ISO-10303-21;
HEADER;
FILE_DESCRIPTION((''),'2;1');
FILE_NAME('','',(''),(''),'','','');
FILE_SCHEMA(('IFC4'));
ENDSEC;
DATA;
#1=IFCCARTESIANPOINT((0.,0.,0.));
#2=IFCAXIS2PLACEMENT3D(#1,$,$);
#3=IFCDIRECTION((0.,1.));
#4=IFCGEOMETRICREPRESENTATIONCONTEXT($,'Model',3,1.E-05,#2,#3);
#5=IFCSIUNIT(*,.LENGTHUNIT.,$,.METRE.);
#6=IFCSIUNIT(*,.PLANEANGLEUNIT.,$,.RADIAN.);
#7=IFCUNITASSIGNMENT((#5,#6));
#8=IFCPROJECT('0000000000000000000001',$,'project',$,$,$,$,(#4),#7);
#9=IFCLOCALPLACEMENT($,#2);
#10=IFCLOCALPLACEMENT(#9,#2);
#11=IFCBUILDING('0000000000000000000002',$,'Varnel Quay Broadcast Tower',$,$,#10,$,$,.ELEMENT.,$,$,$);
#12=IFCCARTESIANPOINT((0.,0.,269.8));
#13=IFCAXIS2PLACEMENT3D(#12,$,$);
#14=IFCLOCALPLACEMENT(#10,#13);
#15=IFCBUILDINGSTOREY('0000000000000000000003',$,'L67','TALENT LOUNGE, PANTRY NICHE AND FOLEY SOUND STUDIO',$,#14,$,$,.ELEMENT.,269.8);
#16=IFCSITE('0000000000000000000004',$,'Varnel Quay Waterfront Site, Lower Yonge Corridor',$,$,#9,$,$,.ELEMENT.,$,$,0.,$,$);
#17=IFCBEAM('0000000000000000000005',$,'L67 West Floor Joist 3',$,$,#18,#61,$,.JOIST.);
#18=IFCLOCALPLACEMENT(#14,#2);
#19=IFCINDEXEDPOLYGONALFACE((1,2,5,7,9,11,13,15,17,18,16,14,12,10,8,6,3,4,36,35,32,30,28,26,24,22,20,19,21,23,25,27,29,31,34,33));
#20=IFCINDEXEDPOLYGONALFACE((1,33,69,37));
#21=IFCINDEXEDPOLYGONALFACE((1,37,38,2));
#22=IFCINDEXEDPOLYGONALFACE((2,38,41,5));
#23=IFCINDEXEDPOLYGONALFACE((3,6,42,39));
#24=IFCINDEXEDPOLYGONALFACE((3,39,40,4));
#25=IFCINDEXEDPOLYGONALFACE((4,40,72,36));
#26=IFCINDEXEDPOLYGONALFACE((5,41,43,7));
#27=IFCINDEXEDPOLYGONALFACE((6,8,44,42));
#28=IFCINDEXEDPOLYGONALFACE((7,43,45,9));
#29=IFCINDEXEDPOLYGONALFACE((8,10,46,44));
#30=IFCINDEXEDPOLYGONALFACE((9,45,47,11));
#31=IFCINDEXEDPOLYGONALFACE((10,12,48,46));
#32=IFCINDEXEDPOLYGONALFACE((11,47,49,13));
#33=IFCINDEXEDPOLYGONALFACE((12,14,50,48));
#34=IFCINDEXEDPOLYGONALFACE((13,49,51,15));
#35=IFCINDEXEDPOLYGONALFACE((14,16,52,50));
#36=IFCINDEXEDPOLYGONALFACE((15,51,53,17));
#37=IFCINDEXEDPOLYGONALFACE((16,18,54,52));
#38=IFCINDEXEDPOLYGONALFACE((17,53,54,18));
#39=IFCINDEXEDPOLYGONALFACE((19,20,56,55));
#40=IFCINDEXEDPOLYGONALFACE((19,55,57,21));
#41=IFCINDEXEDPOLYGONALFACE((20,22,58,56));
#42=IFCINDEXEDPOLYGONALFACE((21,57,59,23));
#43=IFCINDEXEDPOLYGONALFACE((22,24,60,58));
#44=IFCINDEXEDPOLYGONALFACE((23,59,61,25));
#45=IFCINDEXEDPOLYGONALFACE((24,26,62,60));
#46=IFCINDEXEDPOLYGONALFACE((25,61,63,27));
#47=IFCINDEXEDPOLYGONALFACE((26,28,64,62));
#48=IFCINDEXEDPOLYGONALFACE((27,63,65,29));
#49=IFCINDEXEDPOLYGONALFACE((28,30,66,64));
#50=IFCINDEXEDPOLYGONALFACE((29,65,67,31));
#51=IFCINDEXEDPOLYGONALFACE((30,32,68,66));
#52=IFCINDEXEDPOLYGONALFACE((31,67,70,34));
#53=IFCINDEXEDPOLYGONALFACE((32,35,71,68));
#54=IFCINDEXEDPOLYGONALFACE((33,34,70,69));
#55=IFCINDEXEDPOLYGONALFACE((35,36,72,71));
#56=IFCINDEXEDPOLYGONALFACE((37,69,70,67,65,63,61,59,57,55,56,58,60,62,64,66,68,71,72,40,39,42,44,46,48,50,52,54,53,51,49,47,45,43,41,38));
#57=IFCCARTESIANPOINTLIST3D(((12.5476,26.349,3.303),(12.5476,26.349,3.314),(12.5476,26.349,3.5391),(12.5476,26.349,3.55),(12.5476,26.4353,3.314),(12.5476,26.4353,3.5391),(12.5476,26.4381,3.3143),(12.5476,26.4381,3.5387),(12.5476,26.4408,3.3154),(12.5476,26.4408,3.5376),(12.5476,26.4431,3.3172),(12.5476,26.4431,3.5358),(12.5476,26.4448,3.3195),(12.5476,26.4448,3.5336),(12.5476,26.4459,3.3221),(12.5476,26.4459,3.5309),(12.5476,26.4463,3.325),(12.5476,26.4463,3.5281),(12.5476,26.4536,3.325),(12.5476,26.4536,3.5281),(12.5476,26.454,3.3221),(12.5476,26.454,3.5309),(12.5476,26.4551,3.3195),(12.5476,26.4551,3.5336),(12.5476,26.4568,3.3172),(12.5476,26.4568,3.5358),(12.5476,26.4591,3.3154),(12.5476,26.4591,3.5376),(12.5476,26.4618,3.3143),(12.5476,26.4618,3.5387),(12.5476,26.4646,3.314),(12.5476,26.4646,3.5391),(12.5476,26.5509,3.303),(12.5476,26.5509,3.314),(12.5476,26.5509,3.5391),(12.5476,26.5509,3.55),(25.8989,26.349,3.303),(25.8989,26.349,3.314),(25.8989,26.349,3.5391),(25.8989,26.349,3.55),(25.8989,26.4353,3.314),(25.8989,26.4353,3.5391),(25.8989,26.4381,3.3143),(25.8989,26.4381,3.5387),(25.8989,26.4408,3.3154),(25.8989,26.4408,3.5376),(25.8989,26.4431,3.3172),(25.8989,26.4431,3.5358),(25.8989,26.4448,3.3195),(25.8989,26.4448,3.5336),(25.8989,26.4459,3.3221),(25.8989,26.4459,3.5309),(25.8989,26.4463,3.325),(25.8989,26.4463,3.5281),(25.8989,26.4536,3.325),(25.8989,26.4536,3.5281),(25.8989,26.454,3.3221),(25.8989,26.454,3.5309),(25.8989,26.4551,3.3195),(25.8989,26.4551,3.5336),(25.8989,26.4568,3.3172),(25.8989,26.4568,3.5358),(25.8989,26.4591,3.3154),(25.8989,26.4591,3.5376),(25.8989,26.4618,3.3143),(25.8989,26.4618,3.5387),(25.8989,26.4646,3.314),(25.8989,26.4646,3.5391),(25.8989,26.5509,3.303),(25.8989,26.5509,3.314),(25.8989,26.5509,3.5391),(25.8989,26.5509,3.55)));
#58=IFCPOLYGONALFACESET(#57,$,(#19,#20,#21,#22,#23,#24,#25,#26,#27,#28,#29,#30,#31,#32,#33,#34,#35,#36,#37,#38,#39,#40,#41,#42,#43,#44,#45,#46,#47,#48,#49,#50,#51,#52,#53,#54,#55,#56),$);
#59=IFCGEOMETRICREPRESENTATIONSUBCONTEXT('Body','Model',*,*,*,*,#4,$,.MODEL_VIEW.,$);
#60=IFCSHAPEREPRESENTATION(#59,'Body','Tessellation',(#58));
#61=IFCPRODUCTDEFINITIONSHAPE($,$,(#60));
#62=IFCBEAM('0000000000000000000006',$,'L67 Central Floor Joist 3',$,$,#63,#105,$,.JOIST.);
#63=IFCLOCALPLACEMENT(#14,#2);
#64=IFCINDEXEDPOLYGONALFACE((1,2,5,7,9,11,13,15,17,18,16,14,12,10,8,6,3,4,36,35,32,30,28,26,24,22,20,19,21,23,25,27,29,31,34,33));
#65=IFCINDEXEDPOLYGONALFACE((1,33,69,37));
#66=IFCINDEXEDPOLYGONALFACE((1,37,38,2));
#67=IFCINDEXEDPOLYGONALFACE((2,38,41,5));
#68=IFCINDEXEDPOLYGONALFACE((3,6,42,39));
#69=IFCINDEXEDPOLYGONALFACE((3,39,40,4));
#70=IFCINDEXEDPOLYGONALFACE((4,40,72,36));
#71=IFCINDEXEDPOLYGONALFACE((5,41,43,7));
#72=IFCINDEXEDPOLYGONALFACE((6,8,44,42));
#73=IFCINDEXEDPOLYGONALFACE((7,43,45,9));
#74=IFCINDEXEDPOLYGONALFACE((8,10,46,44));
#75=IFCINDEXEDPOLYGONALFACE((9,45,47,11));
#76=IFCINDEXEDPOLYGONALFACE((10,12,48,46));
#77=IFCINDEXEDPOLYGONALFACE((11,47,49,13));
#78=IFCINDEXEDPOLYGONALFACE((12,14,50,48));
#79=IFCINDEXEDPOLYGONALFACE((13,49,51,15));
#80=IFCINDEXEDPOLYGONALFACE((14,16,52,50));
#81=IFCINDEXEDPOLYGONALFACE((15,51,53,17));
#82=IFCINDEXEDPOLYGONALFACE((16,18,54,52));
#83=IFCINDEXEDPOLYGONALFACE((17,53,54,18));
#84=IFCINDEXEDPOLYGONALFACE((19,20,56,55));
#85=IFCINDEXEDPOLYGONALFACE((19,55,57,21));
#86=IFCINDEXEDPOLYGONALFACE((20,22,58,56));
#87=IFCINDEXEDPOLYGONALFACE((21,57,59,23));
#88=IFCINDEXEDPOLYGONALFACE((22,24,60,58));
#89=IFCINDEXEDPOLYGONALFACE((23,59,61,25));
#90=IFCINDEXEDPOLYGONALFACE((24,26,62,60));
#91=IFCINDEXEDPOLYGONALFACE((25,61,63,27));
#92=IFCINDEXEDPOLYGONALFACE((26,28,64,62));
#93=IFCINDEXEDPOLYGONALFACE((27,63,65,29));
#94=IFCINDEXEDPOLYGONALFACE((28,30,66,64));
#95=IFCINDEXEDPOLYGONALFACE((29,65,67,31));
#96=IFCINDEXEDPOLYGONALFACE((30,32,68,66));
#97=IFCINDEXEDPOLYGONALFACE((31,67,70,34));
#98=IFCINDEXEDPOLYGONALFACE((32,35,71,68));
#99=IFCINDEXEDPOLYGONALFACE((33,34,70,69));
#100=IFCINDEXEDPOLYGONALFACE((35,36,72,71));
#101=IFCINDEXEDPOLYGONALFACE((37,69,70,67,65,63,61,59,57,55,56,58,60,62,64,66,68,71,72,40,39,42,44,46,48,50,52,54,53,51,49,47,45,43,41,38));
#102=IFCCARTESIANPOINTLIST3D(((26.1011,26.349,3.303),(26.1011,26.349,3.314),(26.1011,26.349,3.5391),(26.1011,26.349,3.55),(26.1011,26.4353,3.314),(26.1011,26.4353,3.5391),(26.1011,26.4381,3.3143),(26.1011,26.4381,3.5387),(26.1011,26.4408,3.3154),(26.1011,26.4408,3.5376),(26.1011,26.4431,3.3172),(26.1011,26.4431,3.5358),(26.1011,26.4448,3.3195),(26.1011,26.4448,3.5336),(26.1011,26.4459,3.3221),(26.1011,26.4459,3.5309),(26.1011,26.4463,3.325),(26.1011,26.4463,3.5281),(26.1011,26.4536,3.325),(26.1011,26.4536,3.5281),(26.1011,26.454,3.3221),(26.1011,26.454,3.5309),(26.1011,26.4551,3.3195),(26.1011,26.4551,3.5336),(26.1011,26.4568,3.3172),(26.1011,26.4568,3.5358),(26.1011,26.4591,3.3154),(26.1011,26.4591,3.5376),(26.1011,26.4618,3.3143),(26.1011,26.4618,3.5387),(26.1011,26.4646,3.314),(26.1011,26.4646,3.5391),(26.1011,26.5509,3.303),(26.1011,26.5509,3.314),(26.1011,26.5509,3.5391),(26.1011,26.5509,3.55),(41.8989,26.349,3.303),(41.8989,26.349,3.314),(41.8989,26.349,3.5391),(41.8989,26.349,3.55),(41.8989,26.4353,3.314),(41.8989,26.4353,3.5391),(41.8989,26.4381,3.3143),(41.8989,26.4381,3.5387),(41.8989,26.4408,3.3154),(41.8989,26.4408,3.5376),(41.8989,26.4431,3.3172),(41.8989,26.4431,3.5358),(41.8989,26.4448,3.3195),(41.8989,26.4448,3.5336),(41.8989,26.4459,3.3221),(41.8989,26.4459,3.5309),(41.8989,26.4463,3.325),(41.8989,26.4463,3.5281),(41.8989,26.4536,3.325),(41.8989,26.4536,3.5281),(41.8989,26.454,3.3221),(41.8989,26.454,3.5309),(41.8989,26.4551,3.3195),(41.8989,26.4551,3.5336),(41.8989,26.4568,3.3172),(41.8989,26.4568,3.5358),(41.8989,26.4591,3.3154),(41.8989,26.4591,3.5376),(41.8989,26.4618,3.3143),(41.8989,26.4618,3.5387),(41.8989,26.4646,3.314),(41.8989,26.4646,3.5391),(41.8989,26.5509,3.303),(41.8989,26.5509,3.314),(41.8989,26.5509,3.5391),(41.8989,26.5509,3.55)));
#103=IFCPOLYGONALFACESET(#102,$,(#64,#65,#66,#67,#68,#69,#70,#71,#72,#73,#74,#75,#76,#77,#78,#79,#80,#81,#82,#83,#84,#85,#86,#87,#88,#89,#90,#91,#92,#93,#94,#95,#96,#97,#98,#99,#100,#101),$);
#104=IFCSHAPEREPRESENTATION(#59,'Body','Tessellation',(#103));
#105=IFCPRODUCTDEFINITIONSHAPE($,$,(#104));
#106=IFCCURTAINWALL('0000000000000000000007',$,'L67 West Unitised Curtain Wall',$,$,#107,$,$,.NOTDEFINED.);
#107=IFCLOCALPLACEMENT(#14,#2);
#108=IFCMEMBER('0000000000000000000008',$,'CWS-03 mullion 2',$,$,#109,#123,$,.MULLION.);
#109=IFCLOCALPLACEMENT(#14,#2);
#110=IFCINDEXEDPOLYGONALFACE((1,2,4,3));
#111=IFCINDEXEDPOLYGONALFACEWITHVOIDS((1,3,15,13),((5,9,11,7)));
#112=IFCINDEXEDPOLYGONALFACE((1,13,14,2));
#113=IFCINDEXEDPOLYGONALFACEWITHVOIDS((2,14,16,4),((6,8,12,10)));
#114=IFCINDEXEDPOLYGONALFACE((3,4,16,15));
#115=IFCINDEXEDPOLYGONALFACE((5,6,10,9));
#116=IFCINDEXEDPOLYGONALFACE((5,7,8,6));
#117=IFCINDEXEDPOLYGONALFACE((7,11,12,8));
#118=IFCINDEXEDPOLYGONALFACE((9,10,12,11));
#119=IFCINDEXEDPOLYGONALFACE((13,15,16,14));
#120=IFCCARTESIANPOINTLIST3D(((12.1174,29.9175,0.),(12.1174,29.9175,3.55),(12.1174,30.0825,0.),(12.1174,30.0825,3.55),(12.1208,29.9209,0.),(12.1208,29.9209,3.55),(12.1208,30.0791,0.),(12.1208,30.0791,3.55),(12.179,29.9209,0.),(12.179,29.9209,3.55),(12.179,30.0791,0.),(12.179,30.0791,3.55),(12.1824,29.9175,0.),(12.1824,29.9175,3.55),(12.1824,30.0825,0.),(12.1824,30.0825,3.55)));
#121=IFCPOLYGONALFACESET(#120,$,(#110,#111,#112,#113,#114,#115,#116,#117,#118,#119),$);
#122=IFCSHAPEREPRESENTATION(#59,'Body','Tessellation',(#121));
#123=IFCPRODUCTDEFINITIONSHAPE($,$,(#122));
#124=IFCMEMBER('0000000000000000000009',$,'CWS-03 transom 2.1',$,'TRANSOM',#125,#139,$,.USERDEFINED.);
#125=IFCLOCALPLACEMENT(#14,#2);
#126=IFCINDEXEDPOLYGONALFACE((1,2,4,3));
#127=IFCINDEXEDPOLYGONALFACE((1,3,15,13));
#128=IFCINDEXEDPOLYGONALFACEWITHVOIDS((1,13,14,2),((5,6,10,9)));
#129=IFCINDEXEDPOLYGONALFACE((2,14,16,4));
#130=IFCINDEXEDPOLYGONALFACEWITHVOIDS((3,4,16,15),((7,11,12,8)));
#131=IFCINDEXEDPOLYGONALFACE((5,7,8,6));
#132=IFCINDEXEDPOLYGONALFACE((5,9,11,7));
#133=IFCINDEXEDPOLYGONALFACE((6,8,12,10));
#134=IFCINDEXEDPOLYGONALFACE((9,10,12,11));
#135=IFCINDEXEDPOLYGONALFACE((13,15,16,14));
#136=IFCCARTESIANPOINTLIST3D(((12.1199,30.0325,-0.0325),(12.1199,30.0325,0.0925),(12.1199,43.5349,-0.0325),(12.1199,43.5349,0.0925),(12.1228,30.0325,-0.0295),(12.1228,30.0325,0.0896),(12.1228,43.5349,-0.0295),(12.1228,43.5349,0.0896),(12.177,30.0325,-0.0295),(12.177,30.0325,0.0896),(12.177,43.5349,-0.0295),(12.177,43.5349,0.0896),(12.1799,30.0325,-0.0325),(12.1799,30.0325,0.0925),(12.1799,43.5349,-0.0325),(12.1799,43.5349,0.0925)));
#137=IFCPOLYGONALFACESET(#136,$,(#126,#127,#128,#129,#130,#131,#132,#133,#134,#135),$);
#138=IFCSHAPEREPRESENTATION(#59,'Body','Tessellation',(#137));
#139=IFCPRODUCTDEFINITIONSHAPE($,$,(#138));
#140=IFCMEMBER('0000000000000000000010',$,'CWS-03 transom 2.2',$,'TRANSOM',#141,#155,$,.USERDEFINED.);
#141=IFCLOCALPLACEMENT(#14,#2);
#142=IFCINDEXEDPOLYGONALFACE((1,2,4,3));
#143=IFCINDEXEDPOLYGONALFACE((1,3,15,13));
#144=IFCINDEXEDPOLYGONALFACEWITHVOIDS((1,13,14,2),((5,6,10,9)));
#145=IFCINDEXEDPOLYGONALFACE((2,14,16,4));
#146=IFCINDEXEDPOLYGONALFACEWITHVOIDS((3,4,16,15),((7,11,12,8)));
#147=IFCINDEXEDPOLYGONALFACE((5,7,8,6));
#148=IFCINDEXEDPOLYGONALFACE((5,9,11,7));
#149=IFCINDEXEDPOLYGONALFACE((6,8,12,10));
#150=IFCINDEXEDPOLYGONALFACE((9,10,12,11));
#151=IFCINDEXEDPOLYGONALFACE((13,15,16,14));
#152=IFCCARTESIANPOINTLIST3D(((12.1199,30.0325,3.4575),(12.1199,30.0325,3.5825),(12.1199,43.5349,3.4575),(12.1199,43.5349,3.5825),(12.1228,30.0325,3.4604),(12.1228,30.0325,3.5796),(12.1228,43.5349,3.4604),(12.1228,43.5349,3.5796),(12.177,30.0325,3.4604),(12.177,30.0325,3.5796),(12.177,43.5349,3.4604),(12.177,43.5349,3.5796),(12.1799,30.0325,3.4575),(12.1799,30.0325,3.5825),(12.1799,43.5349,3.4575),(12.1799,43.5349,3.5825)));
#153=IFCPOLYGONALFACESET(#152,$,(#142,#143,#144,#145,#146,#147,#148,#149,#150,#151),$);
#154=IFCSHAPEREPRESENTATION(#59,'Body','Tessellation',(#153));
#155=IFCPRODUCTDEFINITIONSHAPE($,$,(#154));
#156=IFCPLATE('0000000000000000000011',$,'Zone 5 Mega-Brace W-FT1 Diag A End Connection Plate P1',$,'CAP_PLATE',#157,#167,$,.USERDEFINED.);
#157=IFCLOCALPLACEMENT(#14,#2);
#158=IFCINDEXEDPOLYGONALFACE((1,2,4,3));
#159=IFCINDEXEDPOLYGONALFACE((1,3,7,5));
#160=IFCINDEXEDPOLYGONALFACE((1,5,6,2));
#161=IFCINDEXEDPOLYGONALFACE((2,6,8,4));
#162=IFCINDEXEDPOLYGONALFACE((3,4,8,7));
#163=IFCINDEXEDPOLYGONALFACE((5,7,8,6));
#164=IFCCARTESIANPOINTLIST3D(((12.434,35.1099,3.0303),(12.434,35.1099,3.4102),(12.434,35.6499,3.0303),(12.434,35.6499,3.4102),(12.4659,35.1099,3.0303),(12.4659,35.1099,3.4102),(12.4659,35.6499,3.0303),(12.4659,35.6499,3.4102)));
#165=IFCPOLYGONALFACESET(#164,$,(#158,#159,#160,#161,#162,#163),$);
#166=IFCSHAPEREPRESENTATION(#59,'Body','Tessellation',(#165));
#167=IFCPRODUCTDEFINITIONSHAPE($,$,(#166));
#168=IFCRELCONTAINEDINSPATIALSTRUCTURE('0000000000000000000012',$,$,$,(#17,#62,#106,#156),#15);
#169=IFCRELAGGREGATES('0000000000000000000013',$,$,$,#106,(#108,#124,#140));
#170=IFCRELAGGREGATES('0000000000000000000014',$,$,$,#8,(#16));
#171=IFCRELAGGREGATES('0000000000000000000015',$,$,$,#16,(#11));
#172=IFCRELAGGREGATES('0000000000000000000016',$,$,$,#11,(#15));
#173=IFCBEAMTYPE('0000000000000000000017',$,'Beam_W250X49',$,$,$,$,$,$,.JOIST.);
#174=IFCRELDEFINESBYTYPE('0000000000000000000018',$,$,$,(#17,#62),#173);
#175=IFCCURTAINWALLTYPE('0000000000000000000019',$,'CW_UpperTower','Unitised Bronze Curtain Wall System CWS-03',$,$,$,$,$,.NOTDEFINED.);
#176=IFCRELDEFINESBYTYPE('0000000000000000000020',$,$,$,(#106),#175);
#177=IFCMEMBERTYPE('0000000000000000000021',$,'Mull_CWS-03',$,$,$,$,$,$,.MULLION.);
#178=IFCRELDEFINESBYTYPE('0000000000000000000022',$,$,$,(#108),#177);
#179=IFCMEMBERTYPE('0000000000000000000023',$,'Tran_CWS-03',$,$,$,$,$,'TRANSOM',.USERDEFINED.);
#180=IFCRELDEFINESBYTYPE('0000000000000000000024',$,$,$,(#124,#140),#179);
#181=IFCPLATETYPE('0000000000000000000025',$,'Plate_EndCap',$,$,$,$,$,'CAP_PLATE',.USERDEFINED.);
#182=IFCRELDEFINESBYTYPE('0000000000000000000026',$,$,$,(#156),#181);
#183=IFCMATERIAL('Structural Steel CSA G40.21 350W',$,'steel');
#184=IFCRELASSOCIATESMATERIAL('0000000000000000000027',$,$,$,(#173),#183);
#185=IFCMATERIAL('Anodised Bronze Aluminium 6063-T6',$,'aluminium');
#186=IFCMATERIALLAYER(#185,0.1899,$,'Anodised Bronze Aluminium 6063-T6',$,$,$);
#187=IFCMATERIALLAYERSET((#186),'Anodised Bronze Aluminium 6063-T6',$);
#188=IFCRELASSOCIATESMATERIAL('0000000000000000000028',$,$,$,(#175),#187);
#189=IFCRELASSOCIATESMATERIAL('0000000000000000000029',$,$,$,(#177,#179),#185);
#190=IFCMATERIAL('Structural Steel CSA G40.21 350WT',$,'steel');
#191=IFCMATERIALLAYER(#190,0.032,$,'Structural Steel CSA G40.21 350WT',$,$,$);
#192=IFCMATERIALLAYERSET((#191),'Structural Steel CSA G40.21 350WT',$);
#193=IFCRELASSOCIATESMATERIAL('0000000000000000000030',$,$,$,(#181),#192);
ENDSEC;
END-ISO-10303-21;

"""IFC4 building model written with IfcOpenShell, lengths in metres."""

from ifc_helpers import new_model, si_unit, direction, frame, origin, origin_2d, place, context, subcontext, project, spatial, rectangle, hollow_rectangle, i_section, extrude, source, transform, mapped, material, layer, layer_set, material_profile, profile_set, type_object, type_shapes, element, aggregate, save


model = new_model("IFC4")

# Units and contexts
model_context = context("Model", 3, precision=1e-05, world=origin(), true_north=direction((0.0, 1.0)))
body_context = subcontext(model_context, "Body", "Model", "MODEL_VIEW")
ifc_project = project(units=[si_unit("LENGTHUNIT", "METRE"), si_unit("PLANEANGLEUNIT", "RADIAN")], contexts=[model_context])

# Site, building, storey
site_placement = place(None, origin())
site = spatial("IfcSite", under=ifc_project, at=site_placement, Name="Varnel Quay Waterfront Site, Lower Yonge Corridor", CompositionType="ELEMENT", RefElevation=0.0)
building_placement = place(site_placement, origin())
building = spatial("IfcBuilding", under=site, at=building_placement, Name="Varnel Quay Broadcast Tower", CompositionType="ELEMENT")
storey_placement = place(building_placement, frame((0.0, 0.0, 269.8)))
storey = spatial("IfcBuildingStorey", under=building, at=storey_placement, Name="L67", Description="TALENT LOUNGE, PANTRY NICHE AND FOLEY SOUND STUDIO", CompositionType="ELEMENT", Elevation=269.8)

# Shared definitions
ifc_material_1 = material(Name="Structural Steel CSA G40.21 350WT", Category="steel")
ifc_material_2 = material(Name="Structural Steel CSA G40.21 350W", Category="steel")

# Beams
ifc_material_profile_1 = material_profile(ifc_material_2, i_section(OverallWidth=0.2019, OverallDepth=0.2471, WebThickness=0.0073, FlangeThickness=0.011, FilletRadius=0.011, at=origin_2d()), Name="W250X49")
ifc_profile_set_1 = profile_set([ifc_material_profile_1], Name="Structural Steel CSA G40.21 350W")
beam_type_1 = type_object("IfcBeamType", Name="Beam_W250X49", PredefinedType="JOIST", material=ifc_profile_set_1)
shared_shape_1 = source(origin(), body_context, "Body", "SweptSolid", [
    extrude(i_section(OverallWidth=0.2019, OverallDepth=0.2471, WebThickness=0.0073, FlangeThickness=0.011, FilletRadius=0.011, at=origin_2d()), origin(), (0.0, 0.0, 1.0), 13.3513),
])
beam_1_placement = place(storey_placement, frame((12.5476, 26.45, 3.4265), z_axis=(1.0, 0.0, 0.0), x_axis=(0.0, 1.0, 0.0)))
element("IfcBeam", 1, at=beam_1_placement, inside=storey, type_object=beam_type_1, Name="L67 West Floor Joist 3", PredefinedType="JOIST", context=body_context, shape_type="MappedRepresentation", body=[
    mapped(shared_shape_1, transform((0.0, 0.0, 0.0), x_axis=(1.0, 0.0, 0.0), y_axis=(0.0, 1.0, 0.0), z_axis=(0.0, 0.0, 1.0), scale=1.0)),
])
shared_shape_2 = source(origin(), body_context, "Body", "SweptSolid", [
    extrude(i_section(OverallWidth=0.2019, OverallDepth=0.2471, WebThickness=0.0073, FlangeThickness=0.011, FilletRadius=0.011, at=origin_2d()), origin(), (0.0, 0.0, 1.0), 15.7979),
])
beam_2_placement = place(storey_placement, frame((26.1011, 26.45, 3.4265), z_axis=(1.0, 0.0, 0.0), x_axis=(0.0, 1.0, 0.0)))
element("IfcBeam", 2, at=beam_2_placement, inside=storey, type_object=beam_type_1, Name="L67 Central Floor Joist 3", PredefinedType="JOIST", context=body_context, shape_type="MappedRepresentation", body=[
    mapped(shared_shape_2, transform((0.0, 0.0, 0.0), x_axis=(1.0, 0.0, 0.0), y_axis=(0.0, 1.0, 0.0), z_axis=(0.0, 0.0, 1.0), scale=1.0)),
])

# Curtain wall, members
ifc_material_3 = material(Name="Anodised Bronze Aluminium 6063-T6", Category="aluminium")
ifc_layer_1 = layer(ifc_material_3, 0.1899, Name="Anodised Bronze Aluminium 6063-T6")
ifc_layer_set_1 = layer_set([ifc_layer_1], Name="Anodised Bronze Aluminium 6063-T6")
curtain_wall_type = type_object("IfcCurtainWallType", Name="CW_UpperTower", Description="Unitised Bronze Curtain Wall System CWS-03", PredefinedType="NOTDEFINED", material=ifc_layer_set_1)
curtain_wall_placement = place(storey_placement, origin())
curtain_wall = element("IfcCurtainWall", 3, at=curtain_wall_placement, inside=storey, type_object=curtain_wall_type, Name="L67 West Unitised Curtain Wall", PredefinedType="NOTDEFINED")
ifc_material_profile_2 = material_profile(ifc_material_3, hollow_rectangle(XDim=0.0649, YDim=0.165, WallThickness=0.0034, at=origin_2d()), Name="ALU65X165X3.5")
ifc_profile_set_2 = profile_set([ifc_material_profile_2], Name="Anodised Bronze Aluminium 6063-T6")
member_type_1 = type_object("IfcMemberType", Name="Mull_CWS-03", PredefinedType="MULLION", material=ifc_profile_set_2)
shared_shape_3 = source(origin(), body_context, "Body", "SweptSolid", [
    extrude(hollow_rectangle(XDim=0.0649, YDim=0.165, WallThickness=0.0034, at=origin_2d()), origin(), (0.0, 0.0, 1.0), 3.55),
])
type_shapes(member_type_1, [shared_shape_3])
member_1_placement = place(storey_placement, frame((12.1499, 30.0, 0.0), z_axis=(0.0, 0.0, 1.0), x_axis=(-1.0, 0.0, 0.0)))
member_1 = element("IfcMember", 4, at=member_1_placement, type_object=member_type_1, Name="CWS-03 mullion 2", PredefinedType="MULLION", context=body_context, shape_type="MappedRepresentation", body=[
    mapped(shared_shape_3, transform((0.0, 0.0, 0.0), x_axis=(1.0, 0.0, 0.0), y_axis=(0.0, 1.0, 0.0), z_axis=(0.0, 0.0, 1.0), scale=1.0)),
])
ifc_material_profile_3 = material_profile(ifc_material_3, hollow_rectangle(XDim=0.0601, YDim=0.125, WallThickness=0.0029, at=origin_2d()), Name="ALU60X125X3")
ifc_profile_set_3 = profile_set([ifc_material_profile_3], Name="Anodised Bronze Aluminium 6063-T6")
member_type_2 = type_object("IfcMemberType", Name="Tran_CWS-03", ElementType="TRANSOM", PredefinedType="USERDEFINED", material=ifc_profile_set_3)
shared_shape_4 = source(origin(), body_context, "Body", "SweptSolid", [
    extrude(hollow_rectangle(XDim=0.0601, YDim=0.125, WallThickness=0.0029, at=origin_2d()), origin(), (0.0, 0.0, 1.0), 13.5024),
])
type_shapes(member_type_2, [shared_shape_4])
member_2_placement = place(storey_placement, frame((12.1499, 30.0325, 0.03), z_axis=(0.0, 1.0, 0.0), x_axis=(-1.0, 0.0, 0.0)))
member_2 = element("IfcMember", 5, at=member_2_placement, type_object=member_type_2, Name="CWS-03 transom 2.1", ObjectType="TRANSOM", PredefinedType="USERDEFINED", context=body_context, shape_type="MappedRepresentation", body=[
    mapped(shared_shape_4, transform((0.0, 0.0, 0.0), x_axis=(1.0, 0.0, 0.0), y_axis=(0.0, 1.0, 0.0), z_axis=(0.0, 0.0, 1.0), scale=1.0)),
])
member_3_placement = place(storey_placement, frame((12.1499, 30.0325, 3.52), z_axis=(0.0, 1.0, 0.0), x_axis=(-1.0, 0.0, 0.0)))
member_3 = element("IfcMember", 6, at=member_3_placement, type_object=member_type_2, Name="CWS-03 transom 2.2", ObjectType="TRANSOM", PredefinedType="USERDEFINED", context=body_context, shape_type="MappedRepresentation", body=[
    mapped(shared_shape_4, transform((0.0, 0.0, 0.0), x_axis=(1.0, 0.0, 0.0), y_axis=(0.0, 1.0, 0.0), z_axis=(0.0, 0.0, 1.0), scale=1.0)),
])

# Plate
ifc_layer_2 = layer(ifc_material_1, 0.032, Name="Structural Steel CSA G40.21 350WT")
ifc_layer_set_2 = layer_set([ifc_layer_2], Name="Structural Steel CSA G40.21 350WT")
plate_type_1 = type_object("IfcPlateType", Name="Plate_EndCap", ElementType="CAP_PLATE", PredefinedType="USERDEFINED", material=ifc_layer_set_2)
shared_shape_5 = source(origin(), body_context, "Body", "SweptSolid", [
    extrude(rectangle(XDim=0.54, YDim=0.032, at=origin_2d()), origin(), (0.0, 0.0, 1.0), 0.3799),
])
type_shapes(plate_type_1, [shared_shape_5])
plate_1_placement = place(storey_placement, frame((12.45, 35.3799, 3.0303), z_axis=(0.0, 0.0, 1.0), x_axis=(0.0, 1.0, 0.0)))
element("IfcPlate", 7, at=plate_1_placement, inside=storey, type_object=plate_type_1, Name="Zone 5 Mega-Brace W-FT1 Diag A End Connection Plate P1", ObjectType="CAP_PLATE", PredefinedType="USERDEFINED", context=body_context, shape_type="MappedRepresentation", body=[
    mapped(shared_shape_5, transform((0.0, 0.0, 0.0), x_axis=(1.0, 0.0, 0.0), y_axis=(0.0, 1.0, 0.0), z_axis=(0.0, 0.0, 1.0), scale=1.0)),
])
aggregate(curtain_wall, [member_1, member_2, member_3])

save(model, "model.ifc")
